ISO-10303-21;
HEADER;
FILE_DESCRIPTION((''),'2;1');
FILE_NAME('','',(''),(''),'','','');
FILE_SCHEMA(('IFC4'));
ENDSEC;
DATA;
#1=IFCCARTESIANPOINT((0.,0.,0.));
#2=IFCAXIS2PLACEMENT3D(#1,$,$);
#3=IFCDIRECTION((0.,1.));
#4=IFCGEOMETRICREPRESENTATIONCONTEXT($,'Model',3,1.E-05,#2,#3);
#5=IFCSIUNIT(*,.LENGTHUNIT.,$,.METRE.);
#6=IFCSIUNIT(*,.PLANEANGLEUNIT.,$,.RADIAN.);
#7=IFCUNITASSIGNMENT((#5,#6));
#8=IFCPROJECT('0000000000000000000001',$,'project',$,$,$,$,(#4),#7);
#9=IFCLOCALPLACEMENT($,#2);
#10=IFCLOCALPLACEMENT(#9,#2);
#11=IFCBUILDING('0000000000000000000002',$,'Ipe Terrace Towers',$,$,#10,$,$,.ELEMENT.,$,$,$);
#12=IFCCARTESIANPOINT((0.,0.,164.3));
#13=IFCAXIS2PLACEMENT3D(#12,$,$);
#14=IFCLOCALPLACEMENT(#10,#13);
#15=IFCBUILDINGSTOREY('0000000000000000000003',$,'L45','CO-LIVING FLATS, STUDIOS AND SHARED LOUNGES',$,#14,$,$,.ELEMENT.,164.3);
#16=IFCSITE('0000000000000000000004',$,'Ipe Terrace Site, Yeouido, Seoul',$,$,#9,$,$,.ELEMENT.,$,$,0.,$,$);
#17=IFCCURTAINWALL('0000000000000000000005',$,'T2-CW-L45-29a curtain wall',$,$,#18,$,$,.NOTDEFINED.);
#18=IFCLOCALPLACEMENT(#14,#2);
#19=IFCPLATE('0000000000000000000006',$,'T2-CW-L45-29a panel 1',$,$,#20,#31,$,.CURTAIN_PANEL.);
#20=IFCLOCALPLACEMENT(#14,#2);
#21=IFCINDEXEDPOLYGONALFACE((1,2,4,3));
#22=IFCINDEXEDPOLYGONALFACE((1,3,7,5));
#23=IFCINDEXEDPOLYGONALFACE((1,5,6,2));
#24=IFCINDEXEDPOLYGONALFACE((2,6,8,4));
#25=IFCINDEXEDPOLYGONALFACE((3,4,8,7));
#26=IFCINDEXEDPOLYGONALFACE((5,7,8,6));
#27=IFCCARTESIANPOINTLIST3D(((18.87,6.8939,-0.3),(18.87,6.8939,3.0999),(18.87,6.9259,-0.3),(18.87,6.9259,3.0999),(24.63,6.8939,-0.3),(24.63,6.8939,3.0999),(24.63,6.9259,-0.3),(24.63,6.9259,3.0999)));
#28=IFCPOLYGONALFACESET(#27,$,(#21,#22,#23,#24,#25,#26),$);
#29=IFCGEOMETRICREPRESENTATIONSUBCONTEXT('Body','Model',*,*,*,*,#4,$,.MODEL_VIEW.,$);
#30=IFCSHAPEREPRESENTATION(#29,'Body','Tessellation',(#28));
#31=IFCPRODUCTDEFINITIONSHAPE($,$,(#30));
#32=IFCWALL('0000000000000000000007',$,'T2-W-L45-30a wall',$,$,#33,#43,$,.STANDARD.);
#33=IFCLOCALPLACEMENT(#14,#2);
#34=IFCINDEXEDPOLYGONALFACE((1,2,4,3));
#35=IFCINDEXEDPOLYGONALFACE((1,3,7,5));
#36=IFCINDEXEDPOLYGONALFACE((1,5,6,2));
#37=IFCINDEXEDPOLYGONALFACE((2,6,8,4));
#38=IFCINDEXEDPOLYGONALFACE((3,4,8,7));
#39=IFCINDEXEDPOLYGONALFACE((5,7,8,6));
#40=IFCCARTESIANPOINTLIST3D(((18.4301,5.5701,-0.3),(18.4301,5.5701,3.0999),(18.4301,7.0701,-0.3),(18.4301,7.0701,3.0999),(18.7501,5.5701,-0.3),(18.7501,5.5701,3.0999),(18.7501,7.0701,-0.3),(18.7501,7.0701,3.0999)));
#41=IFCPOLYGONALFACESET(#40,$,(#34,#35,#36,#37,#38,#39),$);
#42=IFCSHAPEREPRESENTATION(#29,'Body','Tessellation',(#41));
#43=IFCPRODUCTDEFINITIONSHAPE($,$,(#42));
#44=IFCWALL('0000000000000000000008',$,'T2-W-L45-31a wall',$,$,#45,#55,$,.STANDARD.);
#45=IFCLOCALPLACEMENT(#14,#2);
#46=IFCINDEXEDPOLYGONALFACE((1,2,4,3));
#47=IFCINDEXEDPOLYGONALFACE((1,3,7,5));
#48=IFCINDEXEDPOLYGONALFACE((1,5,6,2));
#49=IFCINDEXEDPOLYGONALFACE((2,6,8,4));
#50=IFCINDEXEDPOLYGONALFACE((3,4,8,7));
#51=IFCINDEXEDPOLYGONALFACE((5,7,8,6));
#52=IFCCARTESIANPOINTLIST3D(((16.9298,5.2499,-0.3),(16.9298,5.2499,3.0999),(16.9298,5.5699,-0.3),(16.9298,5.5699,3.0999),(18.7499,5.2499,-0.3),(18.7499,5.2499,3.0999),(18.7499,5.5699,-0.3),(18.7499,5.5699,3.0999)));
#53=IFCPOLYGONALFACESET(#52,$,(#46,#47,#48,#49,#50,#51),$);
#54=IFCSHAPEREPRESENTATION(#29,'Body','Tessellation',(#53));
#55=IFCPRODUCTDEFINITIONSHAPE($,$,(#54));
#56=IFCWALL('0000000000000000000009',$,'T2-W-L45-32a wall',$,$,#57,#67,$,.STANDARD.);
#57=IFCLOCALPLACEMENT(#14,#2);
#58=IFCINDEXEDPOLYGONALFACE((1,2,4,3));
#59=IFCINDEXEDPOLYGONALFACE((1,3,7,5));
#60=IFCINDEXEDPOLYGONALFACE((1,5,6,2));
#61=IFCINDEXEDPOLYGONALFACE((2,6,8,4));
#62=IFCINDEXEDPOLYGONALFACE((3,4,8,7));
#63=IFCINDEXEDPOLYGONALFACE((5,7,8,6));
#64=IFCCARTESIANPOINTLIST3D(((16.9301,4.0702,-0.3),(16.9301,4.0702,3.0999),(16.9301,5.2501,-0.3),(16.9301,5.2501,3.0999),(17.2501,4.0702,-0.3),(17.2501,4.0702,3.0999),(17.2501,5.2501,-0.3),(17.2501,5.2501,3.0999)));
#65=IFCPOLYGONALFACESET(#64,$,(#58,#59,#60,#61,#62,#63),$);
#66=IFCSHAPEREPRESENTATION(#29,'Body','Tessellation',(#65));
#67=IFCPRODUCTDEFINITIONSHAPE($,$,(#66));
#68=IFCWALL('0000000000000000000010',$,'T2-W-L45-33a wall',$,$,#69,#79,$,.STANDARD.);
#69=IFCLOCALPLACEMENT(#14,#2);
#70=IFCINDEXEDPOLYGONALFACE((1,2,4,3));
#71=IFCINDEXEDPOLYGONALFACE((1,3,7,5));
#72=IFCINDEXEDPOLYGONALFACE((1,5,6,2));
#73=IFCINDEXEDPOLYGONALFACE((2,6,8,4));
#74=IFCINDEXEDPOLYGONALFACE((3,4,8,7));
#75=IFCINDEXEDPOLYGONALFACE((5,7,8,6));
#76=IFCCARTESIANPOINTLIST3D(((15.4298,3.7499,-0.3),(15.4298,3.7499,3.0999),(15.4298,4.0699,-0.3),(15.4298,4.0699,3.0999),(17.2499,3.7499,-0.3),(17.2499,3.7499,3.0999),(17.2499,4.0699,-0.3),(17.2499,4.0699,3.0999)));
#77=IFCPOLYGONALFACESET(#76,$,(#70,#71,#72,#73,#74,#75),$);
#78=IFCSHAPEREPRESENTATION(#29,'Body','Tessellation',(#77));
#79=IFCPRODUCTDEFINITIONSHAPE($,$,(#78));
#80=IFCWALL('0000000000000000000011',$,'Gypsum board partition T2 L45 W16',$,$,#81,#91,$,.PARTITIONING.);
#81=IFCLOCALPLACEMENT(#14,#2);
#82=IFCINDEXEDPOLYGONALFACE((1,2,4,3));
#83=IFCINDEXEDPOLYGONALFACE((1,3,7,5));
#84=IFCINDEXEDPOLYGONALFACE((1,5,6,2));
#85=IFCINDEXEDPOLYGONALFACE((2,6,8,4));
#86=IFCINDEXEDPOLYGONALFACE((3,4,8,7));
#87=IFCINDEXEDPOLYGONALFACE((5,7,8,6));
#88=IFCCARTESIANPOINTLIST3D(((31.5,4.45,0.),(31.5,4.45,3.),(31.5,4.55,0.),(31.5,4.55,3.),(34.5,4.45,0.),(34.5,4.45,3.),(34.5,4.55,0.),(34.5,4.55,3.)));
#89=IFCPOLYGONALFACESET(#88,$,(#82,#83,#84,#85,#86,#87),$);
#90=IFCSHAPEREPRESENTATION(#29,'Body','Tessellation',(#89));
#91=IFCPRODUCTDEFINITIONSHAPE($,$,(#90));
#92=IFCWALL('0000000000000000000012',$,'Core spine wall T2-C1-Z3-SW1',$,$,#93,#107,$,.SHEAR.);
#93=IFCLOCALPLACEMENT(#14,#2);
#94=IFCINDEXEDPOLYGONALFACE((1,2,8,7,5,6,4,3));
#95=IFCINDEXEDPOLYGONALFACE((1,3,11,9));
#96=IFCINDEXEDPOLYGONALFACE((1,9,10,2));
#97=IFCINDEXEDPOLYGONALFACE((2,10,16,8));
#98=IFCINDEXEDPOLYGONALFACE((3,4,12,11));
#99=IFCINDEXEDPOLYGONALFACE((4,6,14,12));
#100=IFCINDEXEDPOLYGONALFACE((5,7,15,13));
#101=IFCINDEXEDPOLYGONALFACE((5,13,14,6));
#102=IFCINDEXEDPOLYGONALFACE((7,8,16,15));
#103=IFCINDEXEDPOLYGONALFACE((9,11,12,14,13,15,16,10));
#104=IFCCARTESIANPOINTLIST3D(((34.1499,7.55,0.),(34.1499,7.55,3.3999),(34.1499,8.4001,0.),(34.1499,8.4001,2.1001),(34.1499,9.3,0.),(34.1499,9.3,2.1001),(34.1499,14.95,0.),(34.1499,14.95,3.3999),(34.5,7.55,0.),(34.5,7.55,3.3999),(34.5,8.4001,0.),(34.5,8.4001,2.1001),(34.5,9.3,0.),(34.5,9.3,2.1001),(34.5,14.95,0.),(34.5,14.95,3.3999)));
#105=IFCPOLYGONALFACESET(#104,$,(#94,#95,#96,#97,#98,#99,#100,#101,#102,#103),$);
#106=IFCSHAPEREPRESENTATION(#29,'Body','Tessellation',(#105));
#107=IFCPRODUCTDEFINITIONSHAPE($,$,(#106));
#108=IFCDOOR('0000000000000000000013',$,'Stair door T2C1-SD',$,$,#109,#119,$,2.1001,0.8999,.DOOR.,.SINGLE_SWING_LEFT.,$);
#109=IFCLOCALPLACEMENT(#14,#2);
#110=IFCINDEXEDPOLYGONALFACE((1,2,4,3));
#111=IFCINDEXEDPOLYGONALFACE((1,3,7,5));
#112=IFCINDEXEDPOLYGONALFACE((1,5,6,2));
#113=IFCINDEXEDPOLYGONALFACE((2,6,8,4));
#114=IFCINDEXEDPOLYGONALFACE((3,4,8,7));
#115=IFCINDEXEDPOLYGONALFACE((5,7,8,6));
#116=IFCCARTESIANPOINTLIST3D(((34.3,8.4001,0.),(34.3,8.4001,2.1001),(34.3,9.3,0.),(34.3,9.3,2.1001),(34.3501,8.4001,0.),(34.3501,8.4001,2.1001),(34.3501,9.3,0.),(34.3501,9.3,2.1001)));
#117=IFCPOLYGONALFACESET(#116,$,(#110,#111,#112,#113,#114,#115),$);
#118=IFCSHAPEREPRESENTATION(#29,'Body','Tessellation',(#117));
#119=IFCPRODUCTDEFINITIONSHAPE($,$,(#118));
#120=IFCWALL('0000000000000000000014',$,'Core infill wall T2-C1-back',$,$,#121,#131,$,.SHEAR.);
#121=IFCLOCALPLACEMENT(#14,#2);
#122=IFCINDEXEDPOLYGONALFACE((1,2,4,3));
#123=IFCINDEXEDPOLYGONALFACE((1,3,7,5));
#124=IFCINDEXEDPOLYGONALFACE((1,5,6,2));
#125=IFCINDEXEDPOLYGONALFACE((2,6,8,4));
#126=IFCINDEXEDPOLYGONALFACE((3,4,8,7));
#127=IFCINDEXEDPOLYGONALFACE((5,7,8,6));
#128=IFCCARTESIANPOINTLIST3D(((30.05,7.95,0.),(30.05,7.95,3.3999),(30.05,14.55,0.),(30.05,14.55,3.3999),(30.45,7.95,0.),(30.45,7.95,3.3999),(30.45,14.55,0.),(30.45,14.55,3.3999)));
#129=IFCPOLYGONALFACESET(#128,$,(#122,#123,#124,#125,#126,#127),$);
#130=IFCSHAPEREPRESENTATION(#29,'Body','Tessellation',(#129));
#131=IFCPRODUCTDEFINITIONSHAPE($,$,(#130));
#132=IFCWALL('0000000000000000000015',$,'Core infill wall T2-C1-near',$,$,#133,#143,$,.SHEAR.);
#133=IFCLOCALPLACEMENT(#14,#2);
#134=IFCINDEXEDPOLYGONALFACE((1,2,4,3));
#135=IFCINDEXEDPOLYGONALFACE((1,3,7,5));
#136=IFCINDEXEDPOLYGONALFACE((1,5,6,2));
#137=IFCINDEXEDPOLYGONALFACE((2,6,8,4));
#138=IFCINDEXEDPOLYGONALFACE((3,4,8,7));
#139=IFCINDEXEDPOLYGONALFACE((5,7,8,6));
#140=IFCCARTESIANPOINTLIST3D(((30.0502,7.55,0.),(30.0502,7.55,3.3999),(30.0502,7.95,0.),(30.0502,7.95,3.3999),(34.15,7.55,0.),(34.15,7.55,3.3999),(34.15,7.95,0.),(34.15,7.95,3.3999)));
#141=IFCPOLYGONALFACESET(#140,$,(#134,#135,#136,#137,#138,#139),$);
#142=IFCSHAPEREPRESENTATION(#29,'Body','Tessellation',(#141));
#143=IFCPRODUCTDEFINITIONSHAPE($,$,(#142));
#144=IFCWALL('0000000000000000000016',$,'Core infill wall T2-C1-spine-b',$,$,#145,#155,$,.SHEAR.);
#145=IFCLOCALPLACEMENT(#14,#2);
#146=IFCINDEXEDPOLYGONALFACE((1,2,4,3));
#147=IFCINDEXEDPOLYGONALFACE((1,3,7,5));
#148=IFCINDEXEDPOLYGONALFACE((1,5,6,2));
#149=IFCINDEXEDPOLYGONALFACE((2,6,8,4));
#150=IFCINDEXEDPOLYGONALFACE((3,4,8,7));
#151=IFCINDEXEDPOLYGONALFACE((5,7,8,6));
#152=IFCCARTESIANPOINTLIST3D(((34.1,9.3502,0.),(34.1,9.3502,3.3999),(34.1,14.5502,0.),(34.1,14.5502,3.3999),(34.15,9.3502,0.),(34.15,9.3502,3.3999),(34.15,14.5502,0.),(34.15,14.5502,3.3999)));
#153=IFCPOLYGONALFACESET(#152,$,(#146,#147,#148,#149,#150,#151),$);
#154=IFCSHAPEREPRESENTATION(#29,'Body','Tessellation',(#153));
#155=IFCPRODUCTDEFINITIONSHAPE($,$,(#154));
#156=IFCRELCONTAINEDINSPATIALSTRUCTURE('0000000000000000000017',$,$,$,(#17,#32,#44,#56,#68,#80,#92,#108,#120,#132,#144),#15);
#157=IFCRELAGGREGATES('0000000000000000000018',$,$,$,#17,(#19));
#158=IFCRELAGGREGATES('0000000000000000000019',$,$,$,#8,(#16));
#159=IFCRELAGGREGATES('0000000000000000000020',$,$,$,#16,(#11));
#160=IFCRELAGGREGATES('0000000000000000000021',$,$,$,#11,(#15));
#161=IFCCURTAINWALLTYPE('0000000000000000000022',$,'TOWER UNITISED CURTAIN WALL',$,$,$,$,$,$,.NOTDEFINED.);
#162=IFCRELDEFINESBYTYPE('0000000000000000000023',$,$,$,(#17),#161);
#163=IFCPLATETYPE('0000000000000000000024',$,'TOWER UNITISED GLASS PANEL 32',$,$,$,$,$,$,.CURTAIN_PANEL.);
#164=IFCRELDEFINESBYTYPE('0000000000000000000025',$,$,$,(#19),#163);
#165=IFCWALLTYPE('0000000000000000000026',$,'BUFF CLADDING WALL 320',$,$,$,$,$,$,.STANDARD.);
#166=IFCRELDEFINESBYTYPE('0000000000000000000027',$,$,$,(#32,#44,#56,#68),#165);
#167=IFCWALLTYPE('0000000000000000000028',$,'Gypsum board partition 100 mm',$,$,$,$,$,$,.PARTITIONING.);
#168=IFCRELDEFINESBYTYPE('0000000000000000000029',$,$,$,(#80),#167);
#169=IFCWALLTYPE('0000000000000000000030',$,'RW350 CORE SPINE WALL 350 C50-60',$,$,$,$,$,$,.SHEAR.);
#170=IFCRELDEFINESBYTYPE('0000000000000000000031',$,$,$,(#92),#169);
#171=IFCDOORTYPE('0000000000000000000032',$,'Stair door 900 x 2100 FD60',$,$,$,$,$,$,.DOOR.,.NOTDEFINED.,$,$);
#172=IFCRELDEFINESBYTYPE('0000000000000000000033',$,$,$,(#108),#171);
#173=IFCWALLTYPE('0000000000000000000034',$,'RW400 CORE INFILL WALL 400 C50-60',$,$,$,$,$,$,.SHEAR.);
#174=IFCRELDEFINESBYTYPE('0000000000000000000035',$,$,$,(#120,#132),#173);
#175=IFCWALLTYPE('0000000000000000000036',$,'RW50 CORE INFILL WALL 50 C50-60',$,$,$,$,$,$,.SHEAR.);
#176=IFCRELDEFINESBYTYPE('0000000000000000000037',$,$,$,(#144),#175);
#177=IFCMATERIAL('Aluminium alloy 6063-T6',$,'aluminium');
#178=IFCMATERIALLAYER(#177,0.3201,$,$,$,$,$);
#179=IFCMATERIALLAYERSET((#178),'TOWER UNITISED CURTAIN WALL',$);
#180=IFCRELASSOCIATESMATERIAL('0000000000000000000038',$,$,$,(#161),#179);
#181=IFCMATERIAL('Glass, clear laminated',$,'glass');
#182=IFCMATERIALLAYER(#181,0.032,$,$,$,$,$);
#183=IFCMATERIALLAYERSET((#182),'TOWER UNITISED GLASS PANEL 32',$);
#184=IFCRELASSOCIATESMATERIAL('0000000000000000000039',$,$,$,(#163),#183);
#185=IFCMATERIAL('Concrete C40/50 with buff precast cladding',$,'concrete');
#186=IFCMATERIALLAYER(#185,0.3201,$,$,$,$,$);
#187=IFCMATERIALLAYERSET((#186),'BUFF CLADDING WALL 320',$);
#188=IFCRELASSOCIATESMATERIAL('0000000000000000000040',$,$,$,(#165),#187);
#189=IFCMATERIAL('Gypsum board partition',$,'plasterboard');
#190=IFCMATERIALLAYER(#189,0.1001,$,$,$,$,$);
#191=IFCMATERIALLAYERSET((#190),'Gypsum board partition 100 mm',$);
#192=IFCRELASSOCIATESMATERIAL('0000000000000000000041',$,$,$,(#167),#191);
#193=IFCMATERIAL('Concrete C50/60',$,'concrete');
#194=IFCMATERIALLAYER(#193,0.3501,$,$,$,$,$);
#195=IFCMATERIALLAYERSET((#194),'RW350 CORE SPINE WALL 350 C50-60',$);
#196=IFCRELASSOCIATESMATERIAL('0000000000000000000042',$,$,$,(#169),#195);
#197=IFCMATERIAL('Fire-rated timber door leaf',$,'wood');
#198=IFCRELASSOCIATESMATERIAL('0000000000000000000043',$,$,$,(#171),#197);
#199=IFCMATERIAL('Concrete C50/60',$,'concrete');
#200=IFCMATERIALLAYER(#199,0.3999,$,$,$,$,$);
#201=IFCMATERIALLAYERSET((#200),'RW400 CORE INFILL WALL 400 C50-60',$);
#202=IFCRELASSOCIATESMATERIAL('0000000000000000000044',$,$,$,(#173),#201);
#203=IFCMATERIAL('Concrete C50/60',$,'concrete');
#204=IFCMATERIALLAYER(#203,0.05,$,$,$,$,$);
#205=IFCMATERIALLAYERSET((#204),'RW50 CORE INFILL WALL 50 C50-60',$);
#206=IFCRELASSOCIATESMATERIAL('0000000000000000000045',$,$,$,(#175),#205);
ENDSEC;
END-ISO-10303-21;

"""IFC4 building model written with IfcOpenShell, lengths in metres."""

from ifc_helpers import new_model, si_unit, direction, frame, frame_2d, origin, origin_2d, place, context, subcontext, project, spatial, rectangle, extrude, material, layer, layer_set, type_object, element, fill, aggregate, save


model = new_model("IFC4")

# Units and contexts
model_context = context("Model", 3, precision=1e-05, world=origin(), true_north=direction((0.0, 1.0)))
body_context = subcontext(model_context, "Body", "Model", "MODEL_VIEW")
ifc_project = project(units=[si_unit("LENGTHUNIT", "METRE"), si_unit("PLANEANGLEUNIT", "RADIAN")], contexts=[model_context])

# Site, building, storey
site_placement = place(None, origin())
site = spatial("IfcSite", under=ifc_project, at=site_placement, Name="Ipe Terrace Site, Yeouido, Seoul", CompositionType="ELEMENT", RefElevation=0.0)
building_placement = place(site_placement, origin())
building = spatial("IfcBuilding", under=site, at=building_placement, Name="Ipe Terrace Towers", CompositionType="ELEMENT")
storey_placement = place(building_placement, frame((0.0, 0.0, 164.3)))
storey = spatial("IfcBuildingStorey", under=building, at=storey_placement, Name="L45", Description="CO-LIVING FLATS, STUDIOS AND SHARED LOUNGES", CompositionType="ELEMENT", Elevation=164.3)

# Curtain wall
ifc_material_1 = material(Name="Aluminium alloy 6063-T6", Category="aluminium")
ifc_layer_1 = layer(ifc_material_1, 0.3201)
ifc_layer_set_1 = layer_set([ifc_layer_1], Name="TOWER UNITISED CURTAIN WALL")
curtain_wall_type = type_object("IfcCurtainWallType", Name="TOWER UNITISED CURTAIN WALL", PredefinedType="NOTDEFINED", material=ifc_layer_set_1)
curtain_wall_1_placement = place(storey_placement, origin())
curtain_wall_1 = element("IfcCurtainWall", 1, at=curtain_wall_1_placement, inside=storey, type_object=curtain_wall_type, Name="T2-CW-L45-29a curtain wall", PredefinedType="NOTDEFINED")

# Plate
ifc_material_2 = material(Name="Glass, clear laminated", Category="glass")
ifc_layer_2 = layer(ifc_material_2, 0.032)
ifc_layer_set_2 = layer_set([ifc_layer_2], Name="TOWER UNITISED GLASS PANEL 32")
plate_type = type_object("IfcPlateType", Name="TOWER UNITISED GLASS PANEL 32", PredefinedType="CURTAIN_PANEL", material=ifc_layer_set_2)
plate_1_placement = place(storey_placement, frame((21.75, 6.9099, -0.3), z_axis=(0.0, 0.0, 1.0), x_axis=(-1.0, 0.0, 0.0)))
plate_1 = element("IfcPlate", 2, at=plate_1_placement, type_object=plate_type, Name="T2-CW-L45-29a panel 1", PredefinedType="CURTAIN_PANEL", context=body_context, shape_type="SweptSolid", body=[
    extrude(rectangle(XDim=5.76, YDim=0.032, at=origin_2d()), origin(), (0.0, 0.0, 1.0), 3.3999),
])
aggregate(curtain_wall_1, [plate_1])

# Walls
ifc_material_3 = material(Name="Concrete C40/50 with buff precast cladding", Category="concrete")
ifc_layer_3 = layer(ifc_material_3, 0.3201)
ifc_layer_set_3 = layer_set([ifc_layer_3], Name="BUFF CLADDING WALL 320")
wall_type_1 = type_object("IfcWallType", Name="BUFF CLADDING WALL 320", PredefinedType="STANDARD", material=ifc_layer_set_3)
wall_1_placement = place(storey_placement, frame((18.5901, 7.0701, -0.3), z_axis=(0.0, 0.0, 1.0), x_axis=(0.0, -1.0, 0.0)))
element("IfcWall", 3, at=wall_1_placement, inside=storey, type_object=wall_type_1, Name="T2-W-L45-30a wall", PredefinedType="STANDARD", context=body_context, shape_type="SweptSolid", body=[
    extrude(rectangle(XDim=1.5, YDim=0.3201, at=frame_2d((0.75, 0.0))), origin(), (0.0, 0.0, 1.0), 3.3999),
])
wall_2_placement = place(storey_placement, frame((18.75, 5.4099, -0.3), z_axis=(0.0, 0.0, 1.0), x_axis=(-1.0, 0.0, 0.0)))
element("IfcWall", 4, at=wall_2_placement, inside=storey, type_object=wall_type_1, Name="T2-W-L45-31a wall", PredefinedType="STANDARD", context=body_context, shape_type="SweptSolid", body=[
    extrude(rectangle(XDim=1.8201, YDim=0.3201, at=frame_2d((0.9102, 0.0))), origin(), (0.0, 0.0, 1.0), 3.3999),
])
wall_3_placement = place(storey_placement, frame((17.0901, 5.25, -0.3), z_axis=(0.0, 0.0, 1.0), x_axis=(0.0, -1.0, 0.0)))
element("IfcWall", 5, at=wall_3_placement, inside=storey, type_object=wall_type_1, Name="T2-W-L45-32a wall", PredefinedType="STANDARD", context=body_context, shape_type="SweptSolid", body=[
    extrude(rectangle(XDim=1.1799, YDim=0.3201, at=frame_2d((0.5898, 0.0))), origin(), (0.0, 0.0, 1.0), 3.3999),
])
wall_4_placement = place(storey_placement, frame((17.25, 3.9099, -0.3), z_axis=(0.0, 0.0, 1.0), x_axis=(-1.0, 0.0, 0.0)))
element("IfcWall", 6, at=wall_4_placement, inside=storey, type_object=wall_type_1, Name="T2-W-L45-33a wall", PredefinedType="STANDARD", context=body_context, shape_type="SweptSolid", body=[
    extrude(rectangle(XDim=1.8201, YDim=0.3201, at=frame_2d((0.9102, 0.0))), origin(), (0.0, 0.0, 1.0), 3.3999),
])
ifc_material_4 = material(Name="Gypsum board partition", Category="plasterboard")
ifc_layer_4 = layer(ifc_material_4, 0.1001)
ifc_layer_set_4 = layer_set([ifc_layer_4], Name="Gypsum board partition 100 mm")
wall_type_2 = type_object("IfcWallType", Name="Gypsum board partition 100 mm", PredefinedType="PARTITIONING", material=ifc_layer_set_4)
wall_5_placement = place(storey_placement, frame((34.5, 4.5, 0.0), z_axis=(0.0, 0.0, 1.0), x_axis=(-1.0, 0.0, 0.0)))
element("IfcWall", 7, at=wall_5_placement, inside=storey, type_object=wall_type_2, Name="Gypsum board partition T2 L45 W16", PredefinedType="PARTITIONING", context=body_context, shape_type="SweptSolid", body=[
    extrude(rectangle(XDim=3.0, YDim=0.1001, at=frame_2d((1.5, 0.0))), origin(), (0.0, 0.0, 1.0), 3.0),
])

# Wall, opening, door
ifc_material_5 = material(Name="Concrete C50/60", Category="concrete")
ifc_layer_5 = layer(ifc_material_5, 0.3501)
ifc_layer_set_5 = layer_set([ifc_layer_5], Name="RW350 CORE SPINE WALL 350 C50-60")
wall_type_3 = type_object("IfcWallType", Name="RW350 CORE SPINE WALL 350 C50-60", PredefinedType="SHEAR", material=ifc_layer_set_5)
wall_6_placement = place(storey_placement, frame((34.325, 7.55, 0.0), z_axis=(0.0, 0.0, 1.0), x_axis=(0.0, 1.0, 0.0)))
wall_6 = element("IfcWall", 8, at=wall_6_placement, inside=storey, type_object=wall_type_3, Name="Core spine wall T2-C1-Z3-SW1", PredefinedType="SHEAR", context=body_context, shape_type="SweptSolid", body=[
    extrude(rectangle(XDim=7.3999, YDim=0.3501, at=frame_2d((3.7, 0.0))), origin(), (0.0, 0.0, 1.0), 3.3999),
])
opening_1_placement = place(wall_6_placement, frame((0.8501, 0.0, 0.0)))
opening_1 = element("IfcOpeningElement", 9, at=opening_1_placement, cuts=wall_6, PredefinedType="OPENING", context=body_context, shape_type="SweptSolid", body=[
    extrude(rectangle(XDim=0.8999, YDim=2.1001, at=frame_2d((0.45, 1.05))), frame((0.0, 0.1851, 0.0), z_axis=(0.0, -1.0, 0.0), x_axis=(1.0, 0.0, 0.0)), (0.0, 0.0, 1.0), 0.3701),
])
ifc_material_6 = material(Name="Fire-rated timber door leaf", Category="wood")
door_type_1 = type_object("IfcDoorType", Name="Stair door 900 x 2100 FD60", OperationType="NOTDEFINED", PredefinedType="DOOR", material=ifc_material_6)
door_1_placement = place(opening_1_placement, origin())
door_1 = element("IfcDoor", 10, at=door_1_placement, inside=storey, type_object=door_type_1, Name="Stair door T2C1-SD", OperationType="SINGLE_SWING_LEFT", OverallHeight=2.1001, OverallWidth=0.8999, PredefinedType="DOOR", context=body_context, shape_type="SweptSolid", body=[
    extrude(rectangle(XDim=0.8999, YDim=2.1001, at=frame_2d((0.45, 1.05))), frame((0.0, 0.0249, 0.0), z_axis=(0.0, -1.0, 0.0), x_axis=(1.0, 0.0, 0.0)), (0.0, 0.0, 1.0), 0.05),
])
fill(opening_1, door_1)

# Walls
ifc_material_7 = material(Name="Concrete C50/60", Category="concrete")
ifc_layer_6 = layer(ifc_material_7, 0.3999)
ifc_layer_set_6 = layer_set([ifc_layer_6], Name="RW400 CORE INFILL WALL 400 C50-60")
wall_type_4 = type_object("IfcWallType", Name="RW400 CORE INFILL WALL 400 C50-60", PredefinedType="SHEAR", material=ifc_layer_set_6)
wall_7_placement = place(storey_placement, frame((30.25, 7.95, 0.0), z_axis=(0.0, 0.0, 1.0), x_axis=(0.0, 1.0, 0.0)))
element("IfcWall", 11, at=wall_7_placement, inside=storey, type_object=wall_type_4, Name="Core infill wall T2-C1-back", PredefinedType="SHEAR", context=body_context, shape_type="SweptSolid", body=[
    extrude(rectangle(XDim=6.6001, YDim=0.3999, at=frame_2d((3.3, 0.0))), origin(), (0.0, 0.0, 1.0), 3.3999),
])
wall_8_placement = place(storey_placement, frame((34.1499, 7.75, 0.0), z_axis=(0.0, 0.0, 1.0), x_axis=(-1.0, 0.0, 0.0)))
element("IfcWall", 12, at=wall_8_placement, inside=storey, type_object=wall_type_4, Name="Core infill wall T2-C1-near", PredefinedType="SHEAR", context=body_context, shape_type="SweptSolid", body=[
    extrude(rectangle(XDim=4.0999, YDim=0.3999, at=frame_2d((2.0498, 0.0))), origin(), (0.0, 0.0, 1.0), 3.3999),
])
ifc_material_8 = material(Name="Concrete C50/60", Category="concrete")
ifc_layer_7 = layer(ifc_material_8, 0.05)
ifc_layer_set_7 = layer_set([ifc_layer_7], Name="RW50 CORE INFILL WALL 50 C50-60")
wall_type_5 = type_object("IfcWallType", Name="RW50 CORE INFILL WALL 50 C50-60", PredefinedType="SHEAR", material=ifc_layer_set_7)
wall_9_placement = place(storey_placement, frame((34.125, 9.3501, 0.0), z_axis=(0.0, 0.0, 1.0), x_axis=(0.0, 1.0, 0.0)))
element("IfcWall", 13, at=wall_9_placement, inside=storey, type_object=wall_type_5, Name="Core infill wall T2-C1-spine-b", PredefinedType="SHEAR", context=body_context, shape_type="SweptSolid", body=[
    extrude(rectangle(XDim=5.2, YDim=0.05, at=frame_2d((2.6001, 0.0))), origin(), (0.0, 0.0, 1.0), 3.3999),
])

save(model, "model.ifc")
